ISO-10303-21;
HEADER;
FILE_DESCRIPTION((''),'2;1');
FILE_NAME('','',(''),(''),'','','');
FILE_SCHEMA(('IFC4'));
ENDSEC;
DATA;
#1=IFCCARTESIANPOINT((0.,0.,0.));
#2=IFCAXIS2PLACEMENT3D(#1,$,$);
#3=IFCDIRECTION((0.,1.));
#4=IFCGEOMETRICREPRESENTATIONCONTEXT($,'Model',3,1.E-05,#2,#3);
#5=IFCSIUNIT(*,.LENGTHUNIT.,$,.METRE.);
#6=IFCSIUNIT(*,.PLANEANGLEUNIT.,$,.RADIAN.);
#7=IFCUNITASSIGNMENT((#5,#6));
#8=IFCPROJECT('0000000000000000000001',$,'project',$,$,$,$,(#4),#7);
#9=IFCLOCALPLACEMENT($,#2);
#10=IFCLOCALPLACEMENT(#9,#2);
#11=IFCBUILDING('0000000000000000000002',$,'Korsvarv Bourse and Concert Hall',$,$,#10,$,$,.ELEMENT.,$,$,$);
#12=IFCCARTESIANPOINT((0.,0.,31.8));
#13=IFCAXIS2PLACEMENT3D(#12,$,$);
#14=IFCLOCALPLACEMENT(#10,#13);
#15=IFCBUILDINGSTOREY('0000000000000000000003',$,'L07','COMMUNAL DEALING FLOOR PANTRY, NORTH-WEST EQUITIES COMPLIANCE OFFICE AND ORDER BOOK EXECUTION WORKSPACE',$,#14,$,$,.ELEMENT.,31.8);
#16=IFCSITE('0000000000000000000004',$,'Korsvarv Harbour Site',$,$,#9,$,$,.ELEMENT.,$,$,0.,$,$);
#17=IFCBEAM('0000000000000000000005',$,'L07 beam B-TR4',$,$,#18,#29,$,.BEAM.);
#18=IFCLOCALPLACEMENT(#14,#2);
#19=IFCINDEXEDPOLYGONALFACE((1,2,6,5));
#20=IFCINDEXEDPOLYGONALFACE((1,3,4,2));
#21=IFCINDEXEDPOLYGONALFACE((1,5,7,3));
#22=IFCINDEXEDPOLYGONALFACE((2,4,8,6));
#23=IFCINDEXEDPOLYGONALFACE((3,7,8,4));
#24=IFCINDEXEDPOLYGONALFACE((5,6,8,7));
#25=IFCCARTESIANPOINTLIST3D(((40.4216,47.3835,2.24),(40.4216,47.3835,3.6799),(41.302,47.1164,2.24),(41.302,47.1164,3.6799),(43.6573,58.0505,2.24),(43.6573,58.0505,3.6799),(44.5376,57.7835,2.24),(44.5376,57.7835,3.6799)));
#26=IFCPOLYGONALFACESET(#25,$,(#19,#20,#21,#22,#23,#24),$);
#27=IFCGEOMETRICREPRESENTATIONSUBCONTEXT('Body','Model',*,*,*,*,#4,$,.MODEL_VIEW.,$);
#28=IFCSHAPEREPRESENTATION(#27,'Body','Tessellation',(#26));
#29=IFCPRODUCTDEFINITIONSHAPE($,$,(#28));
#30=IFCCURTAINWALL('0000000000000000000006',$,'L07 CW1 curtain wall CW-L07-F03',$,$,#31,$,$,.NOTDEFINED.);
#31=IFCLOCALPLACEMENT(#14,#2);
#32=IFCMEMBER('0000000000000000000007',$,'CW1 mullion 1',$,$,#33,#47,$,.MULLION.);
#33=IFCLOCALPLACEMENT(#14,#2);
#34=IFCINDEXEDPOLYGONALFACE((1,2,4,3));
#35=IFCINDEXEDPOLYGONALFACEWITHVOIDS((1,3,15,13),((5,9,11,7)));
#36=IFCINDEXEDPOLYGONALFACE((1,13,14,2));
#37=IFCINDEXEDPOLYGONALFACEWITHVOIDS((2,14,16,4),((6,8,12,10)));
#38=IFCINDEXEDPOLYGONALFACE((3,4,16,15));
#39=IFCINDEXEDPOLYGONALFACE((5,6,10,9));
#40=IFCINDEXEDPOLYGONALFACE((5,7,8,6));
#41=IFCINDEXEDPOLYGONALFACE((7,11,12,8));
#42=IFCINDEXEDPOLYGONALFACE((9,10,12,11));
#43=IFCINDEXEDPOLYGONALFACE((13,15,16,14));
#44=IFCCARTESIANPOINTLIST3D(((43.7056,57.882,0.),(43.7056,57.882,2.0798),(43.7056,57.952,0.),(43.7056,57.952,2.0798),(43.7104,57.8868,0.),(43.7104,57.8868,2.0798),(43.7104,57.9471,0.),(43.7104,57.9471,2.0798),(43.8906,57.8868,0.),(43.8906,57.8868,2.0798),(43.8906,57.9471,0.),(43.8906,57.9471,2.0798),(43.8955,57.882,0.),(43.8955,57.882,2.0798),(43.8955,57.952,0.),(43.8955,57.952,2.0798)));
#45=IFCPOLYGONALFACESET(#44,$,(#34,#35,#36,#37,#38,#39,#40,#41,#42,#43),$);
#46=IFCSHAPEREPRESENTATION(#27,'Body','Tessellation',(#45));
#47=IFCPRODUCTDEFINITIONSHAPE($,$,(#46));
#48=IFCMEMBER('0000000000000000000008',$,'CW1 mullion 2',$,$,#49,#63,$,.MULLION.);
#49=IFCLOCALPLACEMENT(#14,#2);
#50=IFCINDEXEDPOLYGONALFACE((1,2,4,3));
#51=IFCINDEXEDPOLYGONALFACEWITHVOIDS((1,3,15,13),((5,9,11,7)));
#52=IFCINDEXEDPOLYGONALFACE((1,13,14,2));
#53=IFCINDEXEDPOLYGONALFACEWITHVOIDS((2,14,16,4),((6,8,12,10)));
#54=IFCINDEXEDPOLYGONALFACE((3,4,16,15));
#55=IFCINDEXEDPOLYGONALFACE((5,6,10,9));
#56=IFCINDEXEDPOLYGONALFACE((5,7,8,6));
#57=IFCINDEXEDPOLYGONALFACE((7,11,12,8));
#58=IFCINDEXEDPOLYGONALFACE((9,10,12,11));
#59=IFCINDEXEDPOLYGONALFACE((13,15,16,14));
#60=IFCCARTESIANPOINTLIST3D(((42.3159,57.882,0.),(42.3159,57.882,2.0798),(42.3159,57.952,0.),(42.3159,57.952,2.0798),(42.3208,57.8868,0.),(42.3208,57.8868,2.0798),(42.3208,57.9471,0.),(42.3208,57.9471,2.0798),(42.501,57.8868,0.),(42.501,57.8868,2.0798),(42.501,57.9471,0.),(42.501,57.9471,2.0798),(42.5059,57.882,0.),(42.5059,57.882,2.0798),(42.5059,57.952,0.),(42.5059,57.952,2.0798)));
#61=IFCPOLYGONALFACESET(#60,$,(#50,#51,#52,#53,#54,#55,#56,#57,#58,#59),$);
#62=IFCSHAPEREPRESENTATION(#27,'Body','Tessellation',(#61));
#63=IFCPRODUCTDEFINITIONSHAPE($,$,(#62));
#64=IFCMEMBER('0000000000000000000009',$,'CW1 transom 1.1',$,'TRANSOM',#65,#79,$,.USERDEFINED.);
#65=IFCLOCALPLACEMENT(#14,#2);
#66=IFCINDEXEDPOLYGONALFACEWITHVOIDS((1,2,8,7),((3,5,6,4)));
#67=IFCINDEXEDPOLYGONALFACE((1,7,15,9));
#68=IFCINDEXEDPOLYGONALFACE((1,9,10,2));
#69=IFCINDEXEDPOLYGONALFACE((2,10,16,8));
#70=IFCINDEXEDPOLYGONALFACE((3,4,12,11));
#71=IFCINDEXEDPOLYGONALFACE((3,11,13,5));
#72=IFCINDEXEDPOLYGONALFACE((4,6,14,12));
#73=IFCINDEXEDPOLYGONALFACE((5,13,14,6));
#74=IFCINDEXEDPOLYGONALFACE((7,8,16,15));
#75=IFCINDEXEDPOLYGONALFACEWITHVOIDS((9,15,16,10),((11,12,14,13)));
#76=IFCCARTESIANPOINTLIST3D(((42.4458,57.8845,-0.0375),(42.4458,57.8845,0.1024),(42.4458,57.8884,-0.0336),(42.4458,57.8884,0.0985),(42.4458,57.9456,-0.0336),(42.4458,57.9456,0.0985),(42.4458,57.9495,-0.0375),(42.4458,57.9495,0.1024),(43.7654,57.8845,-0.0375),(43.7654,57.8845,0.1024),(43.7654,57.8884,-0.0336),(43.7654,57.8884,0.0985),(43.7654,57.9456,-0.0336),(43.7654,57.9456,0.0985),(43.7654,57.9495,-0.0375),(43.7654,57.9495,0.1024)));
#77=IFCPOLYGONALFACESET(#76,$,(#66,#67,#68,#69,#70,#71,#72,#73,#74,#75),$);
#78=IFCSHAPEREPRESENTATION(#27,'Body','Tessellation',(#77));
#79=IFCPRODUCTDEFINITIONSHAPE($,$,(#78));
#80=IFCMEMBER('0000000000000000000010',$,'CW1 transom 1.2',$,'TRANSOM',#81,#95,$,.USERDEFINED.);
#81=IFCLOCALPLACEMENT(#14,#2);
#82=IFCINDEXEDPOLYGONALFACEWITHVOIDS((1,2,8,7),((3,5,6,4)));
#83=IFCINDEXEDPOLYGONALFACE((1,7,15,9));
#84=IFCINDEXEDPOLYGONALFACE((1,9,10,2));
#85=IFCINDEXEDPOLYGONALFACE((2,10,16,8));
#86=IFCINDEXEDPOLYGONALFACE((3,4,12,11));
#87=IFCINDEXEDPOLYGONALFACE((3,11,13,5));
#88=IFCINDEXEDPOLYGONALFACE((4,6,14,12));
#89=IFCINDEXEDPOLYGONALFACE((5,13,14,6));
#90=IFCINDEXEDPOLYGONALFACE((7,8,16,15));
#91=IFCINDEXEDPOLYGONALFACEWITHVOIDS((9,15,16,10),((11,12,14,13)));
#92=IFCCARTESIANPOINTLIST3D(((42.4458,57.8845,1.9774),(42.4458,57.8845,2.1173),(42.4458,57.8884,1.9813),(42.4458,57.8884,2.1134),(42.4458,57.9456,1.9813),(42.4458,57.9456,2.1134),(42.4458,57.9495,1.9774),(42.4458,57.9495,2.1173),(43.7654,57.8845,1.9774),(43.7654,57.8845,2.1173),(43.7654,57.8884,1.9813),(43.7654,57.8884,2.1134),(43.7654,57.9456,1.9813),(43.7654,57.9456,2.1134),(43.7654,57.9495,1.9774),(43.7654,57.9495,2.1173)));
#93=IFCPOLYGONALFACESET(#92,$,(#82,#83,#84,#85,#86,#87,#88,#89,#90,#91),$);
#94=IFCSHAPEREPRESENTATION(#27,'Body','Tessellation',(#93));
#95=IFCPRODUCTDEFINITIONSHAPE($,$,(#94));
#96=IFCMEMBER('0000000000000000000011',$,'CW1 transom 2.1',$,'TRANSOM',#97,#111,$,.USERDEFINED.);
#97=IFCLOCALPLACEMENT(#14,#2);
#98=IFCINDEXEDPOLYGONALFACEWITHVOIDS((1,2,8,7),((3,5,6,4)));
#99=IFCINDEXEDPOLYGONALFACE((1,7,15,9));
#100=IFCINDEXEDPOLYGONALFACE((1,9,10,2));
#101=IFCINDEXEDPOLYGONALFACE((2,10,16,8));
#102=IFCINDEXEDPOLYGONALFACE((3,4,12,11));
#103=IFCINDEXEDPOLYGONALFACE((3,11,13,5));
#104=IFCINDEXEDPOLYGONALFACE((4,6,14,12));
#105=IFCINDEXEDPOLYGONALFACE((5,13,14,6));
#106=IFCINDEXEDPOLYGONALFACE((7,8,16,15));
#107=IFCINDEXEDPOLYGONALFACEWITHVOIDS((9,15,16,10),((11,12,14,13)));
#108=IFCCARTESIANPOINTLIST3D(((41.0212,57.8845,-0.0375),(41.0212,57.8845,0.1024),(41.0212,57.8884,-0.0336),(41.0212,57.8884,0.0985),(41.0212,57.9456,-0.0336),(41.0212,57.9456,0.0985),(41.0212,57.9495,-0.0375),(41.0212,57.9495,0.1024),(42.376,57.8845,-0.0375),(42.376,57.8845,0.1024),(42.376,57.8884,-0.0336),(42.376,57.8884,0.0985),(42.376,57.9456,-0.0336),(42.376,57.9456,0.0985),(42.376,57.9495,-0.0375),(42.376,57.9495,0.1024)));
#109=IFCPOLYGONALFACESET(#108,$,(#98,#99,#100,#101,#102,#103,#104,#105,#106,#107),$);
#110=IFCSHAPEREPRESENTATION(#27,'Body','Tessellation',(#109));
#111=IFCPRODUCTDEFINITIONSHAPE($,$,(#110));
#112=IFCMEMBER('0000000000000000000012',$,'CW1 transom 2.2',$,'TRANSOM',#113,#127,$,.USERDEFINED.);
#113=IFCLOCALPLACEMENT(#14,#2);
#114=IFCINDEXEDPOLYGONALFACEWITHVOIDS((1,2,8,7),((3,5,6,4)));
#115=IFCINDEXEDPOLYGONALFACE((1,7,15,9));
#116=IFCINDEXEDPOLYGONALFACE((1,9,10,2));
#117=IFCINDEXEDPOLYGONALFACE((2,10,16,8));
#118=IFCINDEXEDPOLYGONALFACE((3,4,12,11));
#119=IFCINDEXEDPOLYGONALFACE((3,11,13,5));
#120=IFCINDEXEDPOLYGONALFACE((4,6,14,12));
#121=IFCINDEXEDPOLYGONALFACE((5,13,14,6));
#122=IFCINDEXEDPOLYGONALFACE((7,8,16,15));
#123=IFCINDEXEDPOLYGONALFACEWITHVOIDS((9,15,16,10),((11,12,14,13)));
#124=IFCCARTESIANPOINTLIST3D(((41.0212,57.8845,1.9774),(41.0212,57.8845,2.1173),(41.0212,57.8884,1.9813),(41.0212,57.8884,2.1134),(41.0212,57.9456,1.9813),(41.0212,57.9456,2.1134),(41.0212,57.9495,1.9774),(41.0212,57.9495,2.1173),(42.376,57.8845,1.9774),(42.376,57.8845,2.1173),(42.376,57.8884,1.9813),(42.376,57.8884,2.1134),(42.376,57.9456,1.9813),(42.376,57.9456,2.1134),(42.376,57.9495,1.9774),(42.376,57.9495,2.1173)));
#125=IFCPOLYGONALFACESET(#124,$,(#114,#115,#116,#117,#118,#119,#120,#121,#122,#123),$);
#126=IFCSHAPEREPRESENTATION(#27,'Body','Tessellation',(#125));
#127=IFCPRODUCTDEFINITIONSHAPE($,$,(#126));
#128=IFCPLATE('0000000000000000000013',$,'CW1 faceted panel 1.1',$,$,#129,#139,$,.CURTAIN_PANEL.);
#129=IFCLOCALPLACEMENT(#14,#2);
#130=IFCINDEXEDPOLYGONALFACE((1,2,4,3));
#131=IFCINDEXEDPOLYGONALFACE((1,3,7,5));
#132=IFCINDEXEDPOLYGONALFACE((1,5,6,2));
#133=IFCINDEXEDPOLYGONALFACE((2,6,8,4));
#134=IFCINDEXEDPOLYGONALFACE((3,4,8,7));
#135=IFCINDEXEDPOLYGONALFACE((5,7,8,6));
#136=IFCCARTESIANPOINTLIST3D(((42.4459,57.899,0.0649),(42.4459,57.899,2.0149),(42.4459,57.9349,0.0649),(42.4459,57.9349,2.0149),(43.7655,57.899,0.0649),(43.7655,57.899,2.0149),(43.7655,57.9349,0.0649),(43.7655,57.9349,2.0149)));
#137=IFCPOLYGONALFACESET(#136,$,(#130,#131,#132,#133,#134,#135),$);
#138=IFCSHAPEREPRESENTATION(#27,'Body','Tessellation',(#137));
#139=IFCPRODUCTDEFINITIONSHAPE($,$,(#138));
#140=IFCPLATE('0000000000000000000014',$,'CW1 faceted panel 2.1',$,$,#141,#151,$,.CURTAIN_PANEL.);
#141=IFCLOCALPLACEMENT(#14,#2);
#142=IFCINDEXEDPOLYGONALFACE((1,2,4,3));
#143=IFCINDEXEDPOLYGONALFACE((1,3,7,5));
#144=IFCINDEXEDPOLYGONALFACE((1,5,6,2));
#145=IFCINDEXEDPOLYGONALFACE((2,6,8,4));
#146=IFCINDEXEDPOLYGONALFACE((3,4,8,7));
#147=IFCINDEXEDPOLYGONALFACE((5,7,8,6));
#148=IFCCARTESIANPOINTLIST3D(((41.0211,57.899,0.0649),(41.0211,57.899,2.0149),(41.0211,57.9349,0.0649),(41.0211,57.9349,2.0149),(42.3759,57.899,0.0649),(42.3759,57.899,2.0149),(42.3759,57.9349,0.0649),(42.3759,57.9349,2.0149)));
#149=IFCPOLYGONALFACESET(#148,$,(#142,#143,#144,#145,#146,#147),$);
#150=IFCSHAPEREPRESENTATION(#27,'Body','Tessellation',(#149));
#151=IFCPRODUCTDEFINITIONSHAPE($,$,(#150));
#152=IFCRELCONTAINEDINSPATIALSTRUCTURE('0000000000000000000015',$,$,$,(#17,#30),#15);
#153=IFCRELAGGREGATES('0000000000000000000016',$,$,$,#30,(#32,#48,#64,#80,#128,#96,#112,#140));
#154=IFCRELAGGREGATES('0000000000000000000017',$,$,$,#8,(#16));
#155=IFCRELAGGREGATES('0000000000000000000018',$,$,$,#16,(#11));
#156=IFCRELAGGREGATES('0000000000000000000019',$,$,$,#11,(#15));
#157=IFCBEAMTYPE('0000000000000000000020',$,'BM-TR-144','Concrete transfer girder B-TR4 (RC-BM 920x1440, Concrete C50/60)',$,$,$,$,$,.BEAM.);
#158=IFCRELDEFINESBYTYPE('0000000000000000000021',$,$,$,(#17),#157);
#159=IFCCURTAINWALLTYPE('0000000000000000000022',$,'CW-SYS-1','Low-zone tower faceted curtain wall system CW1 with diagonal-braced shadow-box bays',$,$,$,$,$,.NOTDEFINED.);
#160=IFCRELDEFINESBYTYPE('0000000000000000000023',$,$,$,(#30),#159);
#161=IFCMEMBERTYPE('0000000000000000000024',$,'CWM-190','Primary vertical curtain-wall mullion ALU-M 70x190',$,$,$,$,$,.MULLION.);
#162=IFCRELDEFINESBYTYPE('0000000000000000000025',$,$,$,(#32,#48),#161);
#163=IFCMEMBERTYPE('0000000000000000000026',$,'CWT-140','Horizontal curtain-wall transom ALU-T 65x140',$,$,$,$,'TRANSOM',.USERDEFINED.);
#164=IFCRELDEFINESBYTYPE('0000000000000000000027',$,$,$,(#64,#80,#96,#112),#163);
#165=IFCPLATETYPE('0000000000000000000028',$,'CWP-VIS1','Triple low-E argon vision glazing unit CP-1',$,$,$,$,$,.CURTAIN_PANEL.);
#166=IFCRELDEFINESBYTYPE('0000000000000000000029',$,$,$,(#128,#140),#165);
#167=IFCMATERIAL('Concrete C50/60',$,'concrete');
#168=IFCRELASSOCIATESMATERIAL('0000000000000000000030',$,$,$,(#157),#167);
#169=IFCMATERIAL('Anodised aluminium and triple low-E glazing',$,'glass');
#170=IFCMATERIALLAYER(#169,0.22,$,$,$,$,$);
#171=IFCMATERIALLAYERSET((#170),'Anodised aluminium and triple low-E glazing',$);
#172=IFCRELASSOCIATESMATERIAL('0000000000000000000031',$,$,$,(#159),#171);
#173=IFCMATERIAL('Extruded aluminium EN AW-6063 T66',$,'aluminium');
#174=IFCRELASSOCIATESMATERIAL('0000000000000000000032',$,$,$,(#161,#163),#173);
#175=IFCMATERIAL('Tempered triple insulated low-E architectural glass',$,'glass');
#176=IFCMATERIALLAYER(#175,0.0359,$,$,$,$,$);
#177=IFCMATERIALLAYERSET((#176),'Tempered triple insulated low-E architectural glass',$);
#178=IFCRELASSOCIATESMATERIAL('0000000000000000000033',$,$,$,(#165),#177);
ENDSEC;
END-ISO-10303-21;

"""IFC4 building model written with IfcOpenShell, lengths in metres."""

from ifc_helpers import new_model, si_unit, direction, frame, origin, origin_2d, place, context, subcontext, project, spatial, rectangle, hollow_rectangle, extrude, source, transform, mapped, material, layer, layer_set, material_profile, profile_set, type_object, element, aggregate, save


model = new_model("IFC4")

# Units and contexts
model_context = context("Model", 3, precision=1e-05, world=origin(), true_north=direction((0.0, 1.0)))
body_context = subcontext(model_context, "Body", "Model", "MODEL_VIEW")
ifc_project = project(units=[si_unit("LENGTHUNIT", "METRE"), si_unit("PLANEANGLEUNIT", "RADIAN")], contexts=[model_context])

# Site, building, storey
site_placement = place(None, origin())
site = spatial("IfcSite", under=ifc_project, at=site_placement, Name="Korsvarv Harbour Site", CompositionType="ELEMENT", RefElevation=0.0)
building_placement = place(site_placement, origin())
building = spatial("IfcBuilding", under=site, at=building_placement, Name="Korsvarv Bourse and Concert Hall", CompositionType="ELEMENT")
storey_placement = place(building_placement, frame((0.0, 0.0, 31.8)))
storey = spatial("IfcBuildingStorey", under=building, at=storey_placement, Name="L07", Description="COMMUNAL DEALING FLOOR PANTRY, NORTH-WEST EQUITIES COMPLIANCE OFFICE AND ORDER BOOK EXECUTION WORKSPACE", CompositionType="ELEMENT", Elevation=31.8)

# Beam
ifc_material_1 = material(Name="Concrete C50/60", Category="concrete")
ifc_material_profile_1 = material_profile(ifc_material_1, rectangle(XDim=0.9199, YDim=1.4399, at=origin_2d()), Name="RC-BM 920x1440")
ifc_profile_set_1 = profile_set([ifc_material_profile_1], Name="Concrete C50/60")
beam_type_1 = type_object("IfcBeamType", Name="BM-TR-144", Description="Concrete transfer girder B-TR4 (RC-BM 920x1440, Concrete C50/60)", PredefinedType="BEAM", material=ifc_profile_set_1)
shared_shape_1 = source(origin(), body_context, "Body", "SweptSolid", [
    extrude(rectangle(XDim=0.9199, YDim=1.4399, at=origin_2d()), origin(), (0.0, 0.0, 1.0), 11.147),
])
beam_1_placement = place(storey_placement, frame((44.0974, 57.917, 2.96), z_axis=(-0.290268, -0.956945, 0.0), x_axis=(0.956945, -0.290268, 0.0)))
element("IfcBeam", 1, at=beam_1_placement, inside=storey, type_object=beam_type_1, Name="L07 beam B-TR4", PredefinedType="BEAM", context=body_context, shape_type="MappedRepresentation", body=[
    mapped(shared_shape_1, transform((0.0, 0.0, 0.0), scale=1.0)),
])

# Curtain wall, members, plates
ifc_material_2 = material(Name="Anodised aluminium and triple low-E glazing", Category="glass")
ifc_layer_1 = layer(ifc_material_2, 0.22)
ifc_layer_set_1 = layer_set([ifc_layer_1], Name="Anodised aluminium and triple low-E glazing")
curtain_wall_type = type_object("IfcCurtainWallType", Name="CW-SYS-1", Description="Low-zone tower faceted curtain wall system CW1 with diagonal-braced shadow-box bays", PredefinedType="NOTDEFINED", material=ifc_layer_set_1)
curtain_wall_placement = place(storey_placement, origin())
curtain_wall = element("IfcCurtainWall", 2, at=curtain_wall_placement, inside=storey, type_object=curtain_wall_type, Name="L07 CW1 curtain wall CW-L07-F03", PredefinedType="NOTDEFINED")
ifc_material_3 = material(Name="Extruded aluminium EN AW-6063 T66", Category="aluminium")
ifc_material_profile_2 = material_profile(ifc_material_3, hollow_rectangle(XDim=0.0701, YDim=0.1899, WallThickness=0.0049, at=origin_2d()), Name="ALU-M 70x190")
ifc_profile_set_2 = profile_set([ifc_material_profile_2], Name="Extruded aluminium EN AW-6063 T66")
member_type_1 = type_object("IfcMemberType", Name="CWM-190", Description="Primary vertical curtain-wall mullion ALU-M 70x190", PredefinedType="MULLION", material=ifc_profile_set_2)
shared_shape_2 = source(origin(), body_context, "Body", "SweptSolid", [
    extrude(hollow_rectangle(XDim=0.0701, YDim=0.1899, WallThickness=0.0049, at=origin_2d()), origin(), (0.0, 0.0, 1.0), 2.0798),
])
member_1_placement = place(storey_placement, frame((43.8005, 57.917, 0.0), z_axis=(0.0, 0.0, 1.0), x_axis=(0.0, -1.0, 0.0)))
member_1 = element("IfcMember", 3, at=member_1_placement, type_object=member_type_1, Name="CW1 mullion 1", PredefinedType="MULLION", context=body_context, shape_type="MappedRepresentation", body=[
    mapped(shared_shape_2, transform((0.0, 0.0, 0.0), scale=1.0)),
])
member_2_placement = place(storey_placement, frame((42.4109, 57.917, 0.0), z_axis=(0.0, 0.0, 1.0), x_axis=(0.0, -1.0, 0.0)))
member_2 = element("IfcMember", 4, at=member_2_placement, type_object=member_type_1, Name="CW1 mullion 2", PredefinedType="MULLION", context=body_context, shape_type="MappedRepresentation", body=[
    mapped(shared_shape_2, transform((0.0, 0.0, 0.0), scale=1.0)),
])
ifc_material_profile_3 = material_profile(ifc_material_3, hollow_rectangle(XDim=0.0649, YDim=0.1399, WallThickness=0.0039, at=origin_2d()), Name="ALU-T 65x140")
ifc_profile_set_3 = profile_set([ifc_material_profile_3], Name="Extruded aluminium EN AW-6063 T66")
member_type_2 = type_object("IfcMemberType", Name="CWT-140", Description="Horizontal curtain-wall transom ALU-T 65x140", ElementType="TRANSOM", PredefinedType="USERDEFINED", material=ifc_profile_set_3)
shared_shape_3 = source(origin(), body_context, "Body", "SweptSolid", [
    extrude(hollow_rectangle(XDim=0.0649, YDim=0.1399, WallThickness=0.0039, at=origin_2d()), origin(), (0.0, 0.0, 1.0), 1.3196),
])
member_3_placement = place(storey_placement, frame((43.7654, 57.917, 0.0325), z_axis=(-1.0, 0.0, 0.0), x_axis=(0.0, -1.0, 0.0)))
member_3 = element("IfcMember", 5, at=member_3_placement, type_object=member_type_2, Name="CW1 transom 1.1", ObjectType="TRANSOM", PredefinedType="USERDEFINED", context=body_context, shape_type="MappedRepresentation", body=[
    mapped(shared_shape_3, transform((0.0, 0.0, 0.0), scale=1.0)),
])
member_4_placement = place(storey_placement, frame((43.7654, 57.917, 2.0474), z_axis=(-1.0, 0.0, 0.0), x_axis=(0.0, -1.0, 0.0)))
member_4 = element("IfcMember", 6, at=member_4_placement, type_object=member_type_2, Name="CW1 transom 1.2", ObjectType="TRANSOM", PredefinedType="USERDEFINED", context=body_context, shape_type="MappedRepresentation", body=[
    mapped(shared_shape_3, transform((0.0, 0.0, 0.0), scale=1.0)),
])
shared_shape_4 = source(origin(), body_context, "Body", "SweptSolid", [
    extrude(hollow_rectangle(XDim=0.0649, YDim=0.1399, WallThickness=0.0039, at=origin_2d()), origin(), (0.0, 0.0, 1.0), 1.3547),
])
member_5_placement = place(storey_placement, frame((42.376, 57.917, 0.0325), z_axis=(-1.0, 0.0, 0.0), x_axis=(0.0, -1.0, 0.0)))
member_5 = element("IfcMember", 7, at=member_5_placement, type_object=member_type_2, Name="CW1 transom 2.1", ObjectType="TRANSOM", PredefinedType="USERDEFINED", context=body_context, shape_type="MappedRepresentation", body=[
    mapped(shared_shape_4, transform((0.0, 0.0, 0.0), scale=1.0)),
])
member_6_placement = place(storey_placement, frame((42.376, 57.917, 2.0474), z_axis=(-1.0, 0.0, 0.0), x_axis=(0.0, -1.0, 0.0)))
member_6 = element("IfcMember", 8, at=member_6_placement, type_object=member_type_2, Name="CW1 transom 2.2", ObjectType="TRANSOM", PredefinedType="USERDEFINED", context=body_context, shape_type="MappedRepresentation", body=[
    mapped(shared_shape_4, transform((0.0, 0.0, 0.0), scale=1.0)),
])
ifc_material_4 = material(Name="Tempered triple insulated low-E architectural glass", Category="glass")
ifc_layer_2 = layer(ifc_material_4, 0.0359)
ifc_layer_set_2 = layer_set([ifc_layer_2], Name="Tempered triple insulated low-E architectural glass")
plate_type = type_object("IfcPlateType", Name="CWP-VIS1", Description="Triple low-E argon vision glazing unit CP-1", PredefinedType="CURTAIN_PANEL", material=ifc_layer_set_2)
shared_shape_5 = source(origin(), body_context, "Body", "SweptSolid", [
    extrude(rectangle(XDim=1.3196, YDim=0.0359, at=origin_2d()), origin(), (0.0, 0.0, 1.0), 1.95),
])
plate_1_placement = place(storey_placement, frame((43.1057, 57.917, 0.0649), z_axis=(0.0, 0.0, 1.0), x_axis=(-1.0, 0.0, 0.0)))
plate_1 = element("IfcPlate", 9, at=plate_1_placement, type_object=plate_type, Name="CW1 faceted panel 1.1", PredefinedType="CURTAIN_PANEL", context=body_context, shape_type="MappedRepresentation", body=[
    mapped(shared_shape_5, transform((0.0, 0.0, 0.0), scale=1.0)),
])
shared_shape_6 = source(origin(), body_context, "Body", "SweptSolid", [
    extrude(rectangle(XDim=1.3547, YDim=0.0359, at=origin_2d()), origin(), (0.0, 0.0, 1.0), 1.95),
])
plate_2_placement = place(storey_placement, frame((41.6985, 57.917, 0.0649), z_axis=(0.0, 0.0, 1.0), x_axis=(-1.0, 0.0, 0.0)))
plate_2 = element("IfcPlate", 10, at=plate_2_placement, type_object=plate_type, Name="CW1 faceted panel 2.1", PredefinedType="CURTAIN_PANEL", context=body_context, shape_type="MappedRepresentation", body=[
    mapped(shared_shape_6, transform((0.0, 0.0, 0.0), scale=1.0)),
])
aggregate(curtain_wall, [member_1, member_2, member_3, member_4, plate_1, member_5, member_6, plate_2])

save(model, "model.ifc")
